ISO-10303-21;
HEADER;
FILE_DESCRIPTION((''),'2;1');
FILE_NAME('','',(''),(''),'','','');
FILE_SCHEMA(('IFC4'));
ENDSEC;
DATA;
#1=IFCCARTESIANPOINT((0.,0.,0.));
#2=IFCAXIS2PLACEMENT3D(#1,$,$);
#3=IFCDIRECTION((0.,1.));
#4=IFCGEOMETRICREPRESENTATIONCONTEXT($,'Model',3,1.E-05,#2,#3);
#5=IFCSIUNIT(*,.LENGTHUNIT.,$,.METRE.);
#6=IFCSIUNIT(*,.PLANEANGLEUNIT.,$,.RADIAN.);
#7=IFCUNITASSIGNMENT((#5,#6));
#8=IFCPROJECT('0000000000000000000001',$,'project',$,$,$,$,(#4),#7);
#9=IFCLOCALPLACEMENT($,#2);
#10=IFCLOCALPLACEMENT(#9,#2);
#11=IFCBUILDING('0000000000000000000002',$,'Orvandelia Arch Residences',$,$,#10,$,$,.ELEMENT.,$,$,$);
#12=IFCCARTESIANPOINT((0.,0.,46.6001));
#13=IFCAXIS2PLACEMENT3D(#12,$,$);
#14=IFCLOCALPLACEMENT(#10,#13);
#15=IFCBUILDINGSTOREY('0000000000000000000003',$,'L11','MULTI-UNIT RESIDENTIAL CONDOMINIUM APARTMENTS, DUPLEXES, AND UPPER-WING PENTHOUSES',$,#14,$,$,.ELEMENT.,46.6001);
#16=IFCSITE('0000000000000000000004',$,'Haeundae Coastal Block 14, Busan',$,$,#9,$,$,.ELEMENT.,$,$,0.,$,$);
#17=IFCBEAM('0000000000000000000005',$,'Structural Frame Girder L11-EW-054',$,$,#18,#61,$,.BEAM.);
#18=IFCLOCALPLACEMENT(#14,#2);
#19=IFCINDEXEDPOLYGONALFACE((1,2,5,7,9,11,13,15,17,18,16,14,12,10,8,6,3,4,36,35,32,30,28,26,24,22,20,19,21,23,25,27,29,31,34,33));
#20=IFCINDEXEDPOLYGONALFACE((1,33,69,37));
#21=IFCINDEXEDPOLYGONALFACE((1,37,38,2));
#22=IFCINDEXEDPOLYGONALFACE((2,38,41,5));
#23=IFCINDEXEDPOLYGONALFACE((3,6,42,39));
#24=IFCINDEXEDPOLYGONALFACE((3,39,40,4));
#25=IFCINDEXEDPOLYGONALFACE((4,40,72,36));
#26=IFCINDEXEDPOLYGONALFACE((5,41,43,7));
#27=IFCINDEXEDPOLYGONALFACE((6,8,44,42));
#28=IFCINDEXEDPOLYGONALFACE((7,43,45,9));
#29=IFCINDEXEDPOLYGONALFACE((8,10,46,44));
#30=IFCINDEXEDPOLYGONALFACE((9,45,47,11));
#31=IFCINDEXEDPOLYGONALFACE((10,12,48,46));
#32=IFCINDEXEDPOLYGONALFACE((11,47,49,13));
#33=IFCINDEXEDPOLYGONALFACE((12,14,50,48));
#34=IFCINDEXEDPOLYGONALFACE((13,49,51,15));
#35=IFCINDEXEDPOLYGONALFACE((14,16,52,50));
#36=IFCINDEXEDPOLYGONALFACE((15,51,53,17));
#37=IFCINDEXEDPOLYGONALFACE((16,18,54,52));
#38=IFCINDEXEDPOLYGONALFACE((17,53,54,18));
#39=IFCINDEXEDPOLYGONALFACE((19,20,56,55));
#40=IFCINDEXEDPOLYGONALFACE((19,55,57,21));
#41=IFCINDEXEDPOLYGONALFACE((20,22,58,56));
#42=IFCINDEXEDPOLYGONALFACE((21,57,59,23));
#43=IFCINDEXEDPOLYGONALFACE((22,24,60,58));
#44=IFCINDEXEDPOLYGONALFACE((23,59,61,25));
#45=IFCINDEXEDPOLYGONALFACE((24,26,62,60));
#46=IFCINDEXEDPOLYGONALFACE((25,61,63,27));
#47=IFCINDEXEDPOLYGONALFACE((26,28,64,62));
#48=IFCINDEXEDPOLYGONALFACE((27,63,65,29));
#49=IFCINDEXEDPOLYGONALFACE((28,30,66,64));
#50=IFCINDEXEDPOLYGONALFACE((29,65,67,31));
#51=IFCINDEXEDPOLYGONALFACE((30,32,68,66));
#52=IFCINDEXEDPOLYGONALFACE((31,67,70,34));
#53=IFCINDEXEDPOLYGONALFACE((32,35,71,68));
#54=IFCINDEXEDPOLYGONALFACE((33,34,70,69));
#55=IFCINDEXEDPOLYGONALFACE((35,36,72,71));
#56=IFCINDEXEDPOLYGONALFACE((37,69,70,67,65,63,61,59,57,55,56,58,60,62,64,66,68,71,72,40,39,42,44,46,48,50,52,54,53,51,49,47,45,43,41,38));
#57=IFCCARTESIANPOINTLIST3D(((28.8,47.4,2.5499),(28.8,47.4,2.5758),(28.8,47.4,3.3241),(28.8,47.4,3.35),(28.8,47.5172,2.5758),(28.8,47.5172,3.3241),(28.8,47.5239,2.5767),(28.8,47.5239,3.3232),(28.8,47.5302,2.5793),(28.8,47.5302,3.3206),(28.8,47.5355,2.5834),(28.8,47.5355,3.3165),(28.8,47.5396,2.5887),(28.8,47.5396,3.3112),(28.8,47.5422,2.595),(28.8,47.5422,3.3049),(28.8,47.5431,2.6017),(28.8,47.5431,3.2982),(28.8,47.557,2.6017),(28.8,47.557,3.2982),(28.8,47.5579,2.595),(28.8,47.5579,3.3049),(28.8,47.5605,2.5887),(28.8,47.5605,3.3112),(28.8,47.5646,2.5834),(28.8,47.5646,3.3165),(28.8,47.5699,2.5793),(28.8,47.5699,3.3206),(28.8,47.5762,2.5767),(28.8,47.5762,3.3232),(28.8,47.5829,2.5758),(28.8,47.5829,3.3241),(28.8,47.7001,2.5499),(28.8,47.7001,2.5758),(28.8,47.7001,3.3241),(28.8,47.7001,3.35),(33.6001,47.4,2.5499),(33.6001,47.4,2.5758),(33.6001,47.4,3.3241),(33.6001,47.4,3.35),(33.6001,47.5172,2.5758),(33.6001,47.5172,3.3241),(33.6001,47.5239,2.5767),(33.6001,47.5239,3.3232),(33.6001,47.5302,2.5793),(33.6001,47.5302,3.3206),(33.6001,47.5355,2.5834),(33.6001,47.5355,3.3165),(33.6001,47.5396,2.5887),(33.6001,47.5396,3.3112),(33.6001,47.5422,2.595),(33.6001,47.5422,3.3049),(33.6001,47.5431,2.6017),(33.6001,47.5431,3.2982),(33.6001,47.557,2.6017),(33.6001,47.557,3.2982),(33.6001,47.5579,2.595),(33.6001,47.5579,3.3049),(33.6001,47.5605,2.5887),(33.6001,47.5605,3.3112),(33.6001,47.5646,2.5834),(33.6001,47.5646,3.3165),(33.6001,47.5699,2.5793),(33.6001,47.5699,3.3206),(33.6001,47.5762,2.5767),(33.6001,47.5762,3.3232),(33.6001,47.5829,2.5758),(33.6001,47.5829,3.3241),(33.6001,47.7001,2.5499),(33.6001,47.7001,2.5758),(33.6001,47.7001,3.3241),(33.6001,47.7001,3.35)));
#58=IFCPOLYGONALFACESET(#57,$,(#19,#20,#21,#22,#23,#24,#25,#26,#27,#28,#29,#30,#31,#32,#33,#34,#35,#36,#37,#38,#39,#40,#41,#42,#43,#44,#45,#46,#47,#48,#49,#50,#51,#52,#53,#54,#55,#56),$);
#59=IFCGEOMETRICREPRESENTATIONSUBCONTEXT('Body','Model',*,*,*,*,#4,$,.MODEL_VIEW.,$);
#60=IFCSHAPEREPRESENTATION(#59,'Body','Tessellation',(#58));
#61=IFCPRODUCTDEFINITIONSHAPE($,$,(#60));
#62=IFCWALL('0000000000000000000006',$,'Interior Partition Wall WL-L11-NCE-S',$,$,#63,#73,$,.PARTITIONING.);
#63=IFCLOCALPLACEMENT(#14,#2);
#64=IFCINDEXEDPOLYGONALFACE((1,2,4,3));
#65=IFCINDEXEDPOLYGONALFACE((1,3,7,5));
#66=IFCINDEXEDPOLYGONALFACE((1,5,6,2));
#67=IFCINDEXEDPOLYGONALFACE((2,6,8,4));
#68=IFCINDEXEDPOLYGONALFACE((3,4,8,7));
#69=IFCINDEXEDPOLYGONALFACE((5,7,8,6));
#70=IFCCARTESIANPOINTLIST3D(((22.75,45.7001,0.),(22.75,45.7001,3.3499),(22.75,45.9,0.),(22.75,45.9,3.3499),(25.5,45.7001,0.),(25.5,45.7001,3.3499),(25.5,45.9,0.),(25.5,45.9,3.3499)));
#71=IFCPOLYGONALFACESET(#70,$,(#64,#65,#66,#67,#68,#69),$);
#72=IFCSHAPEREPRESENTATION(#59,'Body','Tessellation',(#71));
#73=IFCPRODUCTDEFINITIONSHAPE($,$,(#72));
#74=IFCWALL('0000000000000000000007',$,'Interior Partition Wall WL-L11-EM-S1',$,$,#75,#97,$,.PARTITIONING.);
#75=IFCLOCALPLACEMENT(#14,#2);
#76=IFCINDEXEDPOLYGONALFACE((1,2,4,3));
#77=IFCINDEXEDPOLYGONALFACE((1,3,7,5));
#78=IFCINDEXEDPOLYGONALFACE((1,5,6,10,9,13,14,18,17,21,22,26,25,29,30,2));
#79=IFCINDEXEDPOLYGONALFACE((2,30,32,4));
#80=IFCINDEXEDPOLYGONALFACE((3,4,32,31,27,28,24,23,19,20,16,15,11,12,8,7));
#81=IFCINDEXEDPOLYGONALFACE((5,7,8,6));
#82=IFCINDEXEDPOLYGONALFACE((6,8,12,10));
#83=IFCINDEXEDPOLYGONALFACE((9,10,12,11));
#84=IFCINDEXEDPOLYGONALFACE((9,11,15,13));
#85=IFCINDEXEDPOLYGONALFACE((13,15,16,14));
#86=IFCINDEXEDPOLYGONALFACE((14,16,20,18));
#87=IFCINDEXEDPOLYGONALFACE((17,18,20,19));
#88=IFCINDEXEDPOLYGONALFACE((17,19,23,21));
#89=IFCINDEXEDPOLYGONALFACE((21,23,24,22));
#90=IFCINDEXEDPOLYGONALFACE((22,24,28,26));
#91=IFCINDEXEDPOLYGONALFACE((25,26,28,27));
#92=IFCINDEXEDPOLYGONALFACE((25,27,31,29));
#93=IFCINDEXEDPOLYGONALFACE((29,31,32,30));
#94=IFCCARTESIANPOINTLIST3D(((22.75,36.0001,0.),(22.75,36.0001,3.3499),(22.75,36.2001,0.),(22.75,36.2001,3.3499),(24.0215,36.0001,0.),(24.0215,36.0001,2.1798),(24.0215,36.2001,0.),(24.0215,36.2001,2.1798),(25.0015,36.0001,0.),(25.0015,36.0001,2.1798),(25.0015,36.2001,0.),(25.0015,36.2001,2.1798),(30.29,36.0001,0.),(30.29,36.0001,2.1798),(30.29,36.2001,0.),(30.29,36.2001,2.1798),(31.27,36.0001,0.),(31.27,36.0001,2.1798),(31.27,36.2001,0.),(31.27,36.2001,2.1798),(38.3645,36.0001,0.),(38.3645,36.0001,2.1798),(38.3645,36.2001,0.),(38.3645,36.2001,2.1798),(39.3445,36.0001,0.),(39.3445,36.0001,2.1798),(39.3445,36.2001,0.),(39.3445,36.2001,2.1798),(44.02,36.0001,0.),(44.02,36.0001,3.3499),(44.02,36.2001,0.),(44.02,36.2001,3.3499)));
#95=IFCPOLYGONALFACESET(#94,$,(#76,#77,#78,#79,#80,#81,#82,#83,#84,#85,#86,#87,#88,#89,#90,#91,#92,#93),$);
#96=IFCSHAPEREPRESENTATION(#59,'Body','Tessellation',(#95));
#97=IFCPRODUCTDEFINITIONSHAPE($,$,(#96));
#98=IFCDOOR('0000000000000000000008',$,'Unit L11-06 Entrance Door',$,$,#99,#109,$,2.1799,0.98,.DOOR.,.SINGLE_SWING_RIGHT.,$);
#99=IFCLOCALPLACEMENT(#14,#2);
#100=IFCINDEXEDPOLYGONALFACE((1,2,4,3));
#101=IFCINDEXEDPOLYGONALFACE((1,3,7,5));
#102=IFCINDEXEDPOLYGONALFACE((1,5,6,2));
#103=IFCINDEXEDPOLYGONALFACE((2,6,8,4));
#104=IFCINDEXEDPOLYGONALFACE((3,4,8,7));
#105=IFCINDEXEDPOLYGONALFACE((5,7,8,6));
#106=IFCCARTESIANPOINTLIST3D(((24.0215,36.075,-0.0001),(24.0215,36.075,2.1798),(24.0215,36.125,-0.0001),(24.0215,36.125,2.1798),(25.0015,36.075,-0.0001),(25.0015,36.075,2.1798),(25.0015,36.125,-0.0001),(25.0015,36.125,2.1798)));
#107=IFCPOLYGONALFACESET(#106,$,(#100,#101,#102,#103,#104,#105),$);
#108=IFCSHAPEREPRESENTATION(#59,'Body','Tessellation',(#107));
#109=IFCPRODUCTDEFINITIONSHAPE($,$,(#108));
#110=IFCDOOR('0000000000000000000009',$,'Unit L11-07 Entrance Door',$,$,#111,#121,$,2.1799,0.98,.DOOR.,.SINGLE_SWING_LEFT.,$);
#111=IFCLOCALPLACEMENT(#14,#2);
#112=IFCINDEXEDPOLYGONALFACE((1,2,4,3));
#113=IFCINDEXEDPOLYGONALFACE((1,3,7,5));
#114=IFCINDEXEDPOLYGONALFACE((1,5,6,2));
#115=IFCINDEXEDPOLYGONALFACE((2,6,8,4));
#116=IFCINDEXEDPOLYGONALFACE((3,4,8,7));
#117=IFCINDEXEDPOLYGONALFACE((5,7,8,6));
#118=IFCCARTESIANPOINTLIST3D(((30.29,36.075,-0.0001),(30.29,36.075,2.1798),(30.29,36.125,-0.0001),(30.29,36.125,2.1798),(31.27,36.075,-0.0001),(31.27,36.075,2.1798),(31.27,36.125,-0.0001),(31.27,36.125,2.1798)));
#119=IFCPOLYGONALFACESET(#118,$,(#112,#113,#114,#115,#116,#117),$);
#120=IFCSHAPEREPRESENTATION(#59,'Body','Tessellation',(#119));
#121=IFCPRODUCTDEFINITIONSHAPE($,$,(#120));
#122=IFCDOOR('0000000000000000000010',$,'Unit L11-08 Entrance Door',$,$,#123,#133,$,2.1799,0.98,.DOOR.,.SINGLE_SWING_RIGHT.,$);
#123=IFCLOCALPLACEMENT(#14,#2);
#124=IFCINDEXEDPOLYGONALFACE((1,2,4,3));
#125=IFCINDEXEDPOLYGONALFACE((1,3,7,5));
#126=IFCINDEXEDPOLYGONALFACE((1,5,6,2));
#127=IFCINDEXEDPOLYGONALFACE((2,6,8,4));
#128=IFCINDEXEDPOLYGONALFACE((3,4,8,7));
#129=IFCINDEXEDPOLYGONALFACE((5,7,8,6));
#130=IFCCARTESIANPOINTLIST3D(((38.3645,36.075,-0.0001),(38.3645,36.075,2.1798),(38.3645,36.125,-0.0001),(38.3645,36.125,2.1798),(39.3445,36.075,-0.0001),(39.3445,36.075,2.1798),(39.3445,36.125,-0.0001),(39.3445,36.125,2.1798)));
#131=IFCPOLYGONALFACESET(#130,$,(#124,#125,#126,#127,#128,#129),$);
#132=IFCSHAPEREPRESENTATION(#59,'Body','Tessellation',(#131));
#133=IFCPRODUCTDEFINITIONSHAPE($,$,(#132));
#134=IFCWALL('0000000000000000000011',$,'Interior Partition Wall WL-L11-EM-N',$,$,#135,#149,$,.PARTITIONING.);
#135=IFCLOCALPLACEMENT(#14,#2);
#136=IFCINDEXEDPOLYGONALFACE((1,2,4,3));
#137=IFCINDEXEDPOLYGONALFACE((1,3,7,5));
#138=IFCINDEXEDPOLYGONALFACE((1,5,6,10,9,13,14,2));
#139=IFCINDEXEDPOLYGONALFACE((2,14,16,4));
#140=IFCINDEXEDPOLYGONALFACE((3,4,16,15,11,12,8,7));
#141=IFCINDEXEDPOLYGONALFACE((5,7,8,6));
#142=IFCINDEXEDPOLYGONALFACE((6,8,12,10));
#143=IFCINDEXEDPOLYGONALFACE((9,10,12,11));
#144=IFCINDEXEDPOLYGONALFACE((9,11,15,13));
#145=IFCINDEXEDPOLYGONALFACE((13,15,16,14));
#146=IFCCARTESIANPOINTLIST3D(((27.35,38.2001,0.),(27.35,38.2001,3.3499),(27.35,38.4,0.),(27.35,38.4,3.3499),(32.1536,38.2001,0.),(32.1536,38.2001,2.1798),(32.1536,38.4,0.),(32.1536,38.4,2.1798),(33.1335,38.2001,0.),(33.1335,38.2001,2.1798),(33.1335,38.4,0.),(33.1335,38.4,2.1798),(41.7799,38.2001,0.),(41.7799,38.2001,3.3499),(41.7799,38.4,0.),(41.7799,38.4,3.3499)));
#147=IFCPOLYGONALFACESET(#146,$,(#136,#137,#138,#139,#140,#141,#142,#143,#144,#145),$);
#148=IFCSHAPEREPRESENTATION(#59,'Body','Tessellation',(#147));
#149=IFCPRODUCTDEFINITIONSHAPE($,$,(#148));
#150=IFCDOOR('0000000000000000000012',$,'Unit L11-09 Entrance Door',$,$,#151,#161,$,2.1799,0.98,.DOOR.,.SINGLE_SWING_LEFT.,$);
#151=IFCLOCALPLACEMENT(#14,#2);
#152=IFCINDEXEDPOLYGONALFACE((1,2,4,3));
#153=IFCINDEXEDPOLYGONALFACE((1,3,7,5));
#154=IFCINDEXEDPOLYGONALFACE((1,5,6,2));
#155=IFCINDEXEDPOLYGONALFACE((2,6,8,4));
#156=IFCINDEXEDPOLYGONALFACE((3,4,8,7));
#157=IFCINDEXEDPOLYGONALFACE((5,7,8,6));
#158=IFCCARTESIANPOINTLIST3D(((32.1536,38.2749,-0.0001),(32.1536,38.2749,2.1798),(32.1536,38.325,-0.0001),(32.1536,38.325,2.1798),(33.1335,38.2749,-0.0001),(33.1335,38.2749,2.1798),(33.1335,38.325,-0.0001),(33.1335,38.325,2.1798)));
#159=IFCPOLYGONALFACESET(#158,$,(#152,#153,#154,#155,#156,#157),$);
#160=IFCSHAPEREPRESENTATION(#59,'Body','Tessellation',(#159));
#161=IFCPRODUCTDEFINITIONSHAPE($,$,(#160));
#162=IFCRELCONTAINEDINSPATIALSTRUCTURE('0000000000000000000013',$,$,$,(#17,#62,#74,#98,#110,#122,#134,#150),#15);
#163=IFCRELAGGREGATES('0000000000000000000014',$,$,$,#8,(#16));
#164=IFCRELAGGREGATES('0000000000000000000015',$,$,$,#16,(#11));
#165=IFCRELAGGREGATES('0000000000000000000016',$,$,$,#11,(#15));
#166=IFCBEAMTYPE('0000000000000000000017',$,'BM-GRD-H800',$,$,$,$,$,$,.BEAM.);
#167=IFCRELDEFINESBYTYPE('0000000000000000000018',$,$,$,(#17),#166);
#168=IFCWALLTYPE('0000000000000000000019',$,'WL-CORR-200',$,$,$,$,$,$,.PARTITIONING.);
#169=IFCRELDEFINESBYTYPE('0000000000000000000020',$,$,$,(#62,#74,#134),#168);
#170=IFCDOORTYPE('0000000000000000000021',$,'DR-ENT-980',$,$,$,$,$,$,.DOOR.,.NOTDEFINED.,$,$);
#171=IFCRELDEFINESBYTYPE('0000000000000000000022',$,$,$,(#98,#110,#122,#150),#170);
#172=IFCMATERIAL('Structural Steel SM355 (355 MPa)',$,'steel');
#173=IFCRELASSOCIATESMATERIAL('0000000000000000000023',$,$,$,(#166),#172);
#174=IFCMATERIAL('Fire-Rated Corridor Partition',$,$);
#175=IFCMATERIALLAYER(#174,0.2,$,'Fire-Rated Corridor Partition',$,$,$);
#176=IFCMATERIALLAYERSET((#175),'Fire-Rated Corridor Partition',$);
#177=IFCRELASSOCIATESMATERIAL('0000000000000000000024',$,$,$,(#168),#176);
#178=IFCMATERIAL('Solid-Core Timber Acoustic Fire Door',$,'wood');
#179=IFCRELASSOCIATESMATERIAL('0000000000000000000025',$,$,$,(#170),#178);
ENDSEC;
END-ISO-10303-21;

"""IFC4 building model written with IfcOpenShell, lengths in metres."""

from ifc_helpers import new_model, si_unit, direction, frame, frame_2d, origin, origin_2d, place, context, subcontext, project, spatial, rectangle, i_section, extrude, material, layer, layer_set, material_profile, profile_set, type_object, element, fill, save


model = new_model("IFC4")

# Units and contexts
model_context = context("Model", 3, precision=1e-05, world=origin(), true_north=direction((0.0, 1.0)))
body_context = subcontext(model_context, "Body", "Model", "MODEL_VIEW")
ifc_project = project(units=[si_unit("LENGTHUNIT", "METRE"), si_unit("PLANEANGLEUNIT", "RADIAN")], contexts=[model_context])

# Site, building, storey
site_placement = place(None, origin())
site = spatial("IfcSite", under=ifc_project, at=site_placement, Name="Haeundae Coastal Block 14, Busan", CompositionType="ELEMENT", RefElevation=0.0)
building_placement = place(site_placement, origin())
building = spatial("IfcBuilding", under=site, at=building_placement, Name="Orvandelia Arch Residences", CompositionType="ELEMENT")
storey_placement = place(building_placement, frame((0.0, 0.0, 46.6001)))
storey = spatial("IfcBuildingStorey", under=building, at=storey_placement, Name="L11", Description="MULTI-UNIT RESIDENTIAL CONDOMINIUM APARTMENTS, DUPLEXES, AND UPPER-WING PENTHOUSES", CompositionType="ELEMENT", Elevation=46.6001)

# Beam
ifc_material_1 = material(Name="Structural Steel SM355 (355 MPa)", Category="steel")
ifc_material_profile_1 = material_profile(ifc_material_1, i_section(OverallWidth=0.3, OverallDepth=0.8, WebThickness=0.0139, FlangeThickness=0.0259, FilletRadius=0.0259, at=origin_2d()), Name="Structural Steel SM355 (355 MPa)", Category="steel")
ifc_profile_set_1 = profile_set([ifc_material_profile_1], Name="Structural Steel SM355 (355 MPa)")
beam_type = type_object("IfcBeamType", Name="BM-GRD-H800", PredefinedType="BEAM", material=ifc_profile_set_1)
beam_1_placement = place(storey_placement, frame((28.8, 47.55, 2.95), z_axis=(1.0, 0.0, 0.0), x_axis=(0.0, 1.0, 0.0)))
element("IfcBeam", 1, at=beam_1_placement, inside=storey, type_object=beam_type, Name="Structural Frame Girder L11-EW-054", PredefinedType="BEAM", context=body_context, shape_type="SweptSolid", body=[
    extrude(i_section(OverallWidth=0.3, OverallDepth=0.8, WebThickness=0.0139, FlangeThickness=0.0259, FilletRadius=0.0259, at=origin_2d()), origin(), (0.0, 0.0, 1.0), 4.8),
])

# Wall
ifc_material_2 = material(Name="Fire-Rated Corridor Partition")
ifc_layer_1 = layer(ifc_material_2, 0.2, Name="Fire-Rated Corridor Partition")
ifc_layer_set_1 = layer_set([ifc_layer_1], Name="Fire-Rated Corridor Partition")
wall_type_1 = type_object("IfcWallType", Name="WL-CORR-200", PredefinedType="PARTITIONING", material=ifc_layer_set_1)
wall_1_placement = place(storey_placement, frame((22.75, 45.8, 0.0), z_axis=(0.0, 0.0, 1.0), x_axis=(1.0, 0.0, 0.0)))
element("IfcWall", 2, at=wall_1_placement, inside=storey, type_object=wall_type_1, Name="Interior Partition Wall WL-L11-NCE-S", PredefinedType="PARTITIONING", context=body_context, shape_type="SweptSolid", body=[
    extrude(rectangle(XDim=2.75, YDim=0.2, at=frame_2d((1.375, 0.0))), origin(), (0.0, 0.0, 1.0), 3.3499),
])

# Wall, openings, doors
wall_2_placement = place(storey_placement, frame((22.75, 36.1001, 0.0), z_axis=(0.0, 0.0, 1.0), x_axis=(1.0, 0.0, 0.0)))
wall_2 = element("IfcWall", 3, at=wall_2_placement, inside=storey, type_object=wall_type_1, Name="Interior Partition Wall WL-L11-EM-S1", PredefinedType="PARTITIONING", context=body_context, shape_type="SweptSolid", body=[
    extrude(rectangle(XDim=21.27, YDim=0.2, at=frame_2d((10.635, 0.0))), origin(), (0.0, 0.0, 1.0), 3.3499),
])
opening_1_placement = place(wall_2_placement, frame((1.2715, 0.0, 0.0)))
opening_1 = element("IfcOpeningElement", 4, at=opening_1_placement, cuts=wall_2, PredefinedType="OPENING", context=body_context, shape_type="SweptSolid", body=[
    extrude(rectangle(XDim=0.98, YDim=2.1799, at=frame_2d((0.49, 1.0898))), frame((0.0, 0.1099, 0.0), z_axis=(0.0, -1.0, 0.0), x_axis=(1.0, 0.0, 0.0)), (0.0, 0.0, 1.0), 0.22),
])
opening_2_placement = place(wall_2_placement, frame((7.54, 0.0, 0.0)))
opening_2 = element("IfcOpeningElement", 5, at=opening_2_placement, cuts=wall_2, PredefinedType="OPENING", context=body_context, shape_type="SweptSolid", body=[
    extrude(rectangle(XDim=0.98, YDim=2.1799, at=frame_2d((0.49, 1.0898))), frame((0.0, 0.1099, 0.0), z_axis=(0.0, -1.0, 0.0), x_axis=(1.0, 0.0, 0.0)), (0.0, 0.0, 1.0), 0.22),
])
opening_3_placement = place(wall_2_placement, frame((15.6145, 0.0, 0.0)))
opening_3 = element("IfcOpeningElement", 6, at=opening_3_placement, cuts=wall_2, PredefinedType="OPENING", context=body_context, shape_type="SweptSolid", body=[
    extrude(rectangle(XDim=0.98, YDim=2.1799, at=frame_2d((0.49, 1.0898))), frame((0.0, 0.1099, 0.0), z_axis=(0.0, -1.0, 0.0), x_axis=(1.0, 0.0, 0.0)), (0.0, 0.0, 1.0), 0.22),
])
ifc_material_3 = material(Name="Solid-Core Timber Acoustic Fire Door", Category="wood")
door_type_1 = type_object("IfcDoorType", Name="DR-ENT-980", OperationType="NOTDEFINED", PredefinedType="DOOR", material=ifc_material_3)
door_1_placement = place(opening_1_placement, origin())
door_1 = element("IfcDoor", 7, at=door_1_placement, inside=storey, type_object=door_type_1, Name="Unit L11-06 Entrance Door", OperationType="SINGLE_SWING_RIGHT", OverallHeight=2.1799, OverallWidth=0.98, PredefinedType="DOOR", context=body_context, shape_type="SweptSolid", body=[
    extrude(rectangle(XDim=0.98, YDim=2.1799, at=frame_2d((0.49, 1.0898))), frame((0.0, 0.0249, 0.0), z_axis=(0.0, -1.0, 0.0), x_axis=(1.0, 0.0, 0.0)), (0.0, 0.0, 1.0), 0.05),
])
fill(opening_1, door_1)
door_2_placement = place(opening_2_placement, origin())
door_2 = element("IfcDoor", 8, at=door_2_placement, inside=storey, type_object=door_type_1, Name="Unit L11-07 Entrance Door", OperationType="SINGLE_SWING_LEFT", OverallHeight=2.1799, OverallWidth=0.98, PredefinedType="DOOR", context=body_context, shape_type="SweptSolid", body=[
    extrude(rectangle(XDim=0.98, YDim=2.1799, at=frame_2d((0.49, 1.0898))), frame((0.0, 0.0249, 0.0), z_axis=(0.0, -1.0, 0.0), x_axis=(1.0, 0.0, 0.0)), (0.0, 0.0, 1.0), 0.05),
])
fill(opening_2, door_2)
door_3_placement = place(opening_3_placement, origin())
door_3 = element("IfcDoor", 9, at=door_3_placement, inside=storey, type_object=door_type_1, Name="Unit L11-08 Entrance Door", OperationType="SINGLE_SWING_RIGHT", OverallHeight=2.1799, OverallWidth=0.98, PredefinedType="DOOR", context=body_context, shape_type="SweptSolid", body=[
    extrude(rectangle(XDim=0.98, YDim=2.1799, at=frame_2d((0.49, 1.0898))), frame((0.0, 0.0249, 0.0), z_axis=(0.0, -1.0, 0.0), x_axis=(1.0, 0.0, 0.0)), (0.0, 0.0, 1.0), 0.05),
])
fill(opening_3, door_3)

# Wall, opening, door
wall_3_placement = place(storey_placement, frame((27.3501, 38.3, 0.0), z_axis=(0.0, 0.0, 1.0), x_axis=(1.0, 0.0, 0.0)))
wall_3 = element("IfcWall", 10, at=wall_3_placement, inside=storey, type_object=wall_type_1, Name="Interior Partition Wall WL-L11-EM-N", PredefinedType="PARTITIONING", context=body_context, shape_type="SweptSolid", body=[
    extrude(rectangle(XDim=14.4299, YDim=0.2, at=frame_2d((7.2148, 0.0))), origin(), (0.0, 0.0, 1.0), 3.3499),
])
opening_4_placement = place(wall_3_placement, frame((4.8035, 0.0, 0.0)))
opening_4 = element("IfcOpeningElement", 11, at=opening_4_placement, cuts=wall_3, PredefinedType="OPENING", context=body_context, shape_type="SweptSolid", body=[
    extrude(rectangle(XDim=0.98, YDim=2.1799, at=frame_2d((0.49, 1.0898))), frame((0.0, 0.1099, 0.0), z_axis=(0.0, -1.0, 0.0), x_axis=(1.0, 0.0, 0.0)), (0.0, 0.0, 1.0), 0.22),
])
door_4_placement = place(opening_4_placement, origin())
door_4 = element("IfcDoor", 12, at=door_4_placement, inside=storey, type_object=door_type_1, Name="Unit L11-09 Entrance Door", OperationType="SINGLE_SWING_LEFT", OverallHeight=2.1799, OverallWidth=0.98, PredefinedType="DOOR", context=body_context, shape_type="SweptSolid", body=[
    extrude(rectangle(XDim=0.98, YDim=2.1799, at=frame_2d((0.49, 1.0898))), frame((0.0, 0.0249, 0.0), z_axis=(0.0, -1.0, 0.0), x_axis=(1.0, 0.0, 0.0)), (0.0, 0.0, 1.0), 0.05),
])
fill(opening_4, door_4)

save(model, "model.ifc")
